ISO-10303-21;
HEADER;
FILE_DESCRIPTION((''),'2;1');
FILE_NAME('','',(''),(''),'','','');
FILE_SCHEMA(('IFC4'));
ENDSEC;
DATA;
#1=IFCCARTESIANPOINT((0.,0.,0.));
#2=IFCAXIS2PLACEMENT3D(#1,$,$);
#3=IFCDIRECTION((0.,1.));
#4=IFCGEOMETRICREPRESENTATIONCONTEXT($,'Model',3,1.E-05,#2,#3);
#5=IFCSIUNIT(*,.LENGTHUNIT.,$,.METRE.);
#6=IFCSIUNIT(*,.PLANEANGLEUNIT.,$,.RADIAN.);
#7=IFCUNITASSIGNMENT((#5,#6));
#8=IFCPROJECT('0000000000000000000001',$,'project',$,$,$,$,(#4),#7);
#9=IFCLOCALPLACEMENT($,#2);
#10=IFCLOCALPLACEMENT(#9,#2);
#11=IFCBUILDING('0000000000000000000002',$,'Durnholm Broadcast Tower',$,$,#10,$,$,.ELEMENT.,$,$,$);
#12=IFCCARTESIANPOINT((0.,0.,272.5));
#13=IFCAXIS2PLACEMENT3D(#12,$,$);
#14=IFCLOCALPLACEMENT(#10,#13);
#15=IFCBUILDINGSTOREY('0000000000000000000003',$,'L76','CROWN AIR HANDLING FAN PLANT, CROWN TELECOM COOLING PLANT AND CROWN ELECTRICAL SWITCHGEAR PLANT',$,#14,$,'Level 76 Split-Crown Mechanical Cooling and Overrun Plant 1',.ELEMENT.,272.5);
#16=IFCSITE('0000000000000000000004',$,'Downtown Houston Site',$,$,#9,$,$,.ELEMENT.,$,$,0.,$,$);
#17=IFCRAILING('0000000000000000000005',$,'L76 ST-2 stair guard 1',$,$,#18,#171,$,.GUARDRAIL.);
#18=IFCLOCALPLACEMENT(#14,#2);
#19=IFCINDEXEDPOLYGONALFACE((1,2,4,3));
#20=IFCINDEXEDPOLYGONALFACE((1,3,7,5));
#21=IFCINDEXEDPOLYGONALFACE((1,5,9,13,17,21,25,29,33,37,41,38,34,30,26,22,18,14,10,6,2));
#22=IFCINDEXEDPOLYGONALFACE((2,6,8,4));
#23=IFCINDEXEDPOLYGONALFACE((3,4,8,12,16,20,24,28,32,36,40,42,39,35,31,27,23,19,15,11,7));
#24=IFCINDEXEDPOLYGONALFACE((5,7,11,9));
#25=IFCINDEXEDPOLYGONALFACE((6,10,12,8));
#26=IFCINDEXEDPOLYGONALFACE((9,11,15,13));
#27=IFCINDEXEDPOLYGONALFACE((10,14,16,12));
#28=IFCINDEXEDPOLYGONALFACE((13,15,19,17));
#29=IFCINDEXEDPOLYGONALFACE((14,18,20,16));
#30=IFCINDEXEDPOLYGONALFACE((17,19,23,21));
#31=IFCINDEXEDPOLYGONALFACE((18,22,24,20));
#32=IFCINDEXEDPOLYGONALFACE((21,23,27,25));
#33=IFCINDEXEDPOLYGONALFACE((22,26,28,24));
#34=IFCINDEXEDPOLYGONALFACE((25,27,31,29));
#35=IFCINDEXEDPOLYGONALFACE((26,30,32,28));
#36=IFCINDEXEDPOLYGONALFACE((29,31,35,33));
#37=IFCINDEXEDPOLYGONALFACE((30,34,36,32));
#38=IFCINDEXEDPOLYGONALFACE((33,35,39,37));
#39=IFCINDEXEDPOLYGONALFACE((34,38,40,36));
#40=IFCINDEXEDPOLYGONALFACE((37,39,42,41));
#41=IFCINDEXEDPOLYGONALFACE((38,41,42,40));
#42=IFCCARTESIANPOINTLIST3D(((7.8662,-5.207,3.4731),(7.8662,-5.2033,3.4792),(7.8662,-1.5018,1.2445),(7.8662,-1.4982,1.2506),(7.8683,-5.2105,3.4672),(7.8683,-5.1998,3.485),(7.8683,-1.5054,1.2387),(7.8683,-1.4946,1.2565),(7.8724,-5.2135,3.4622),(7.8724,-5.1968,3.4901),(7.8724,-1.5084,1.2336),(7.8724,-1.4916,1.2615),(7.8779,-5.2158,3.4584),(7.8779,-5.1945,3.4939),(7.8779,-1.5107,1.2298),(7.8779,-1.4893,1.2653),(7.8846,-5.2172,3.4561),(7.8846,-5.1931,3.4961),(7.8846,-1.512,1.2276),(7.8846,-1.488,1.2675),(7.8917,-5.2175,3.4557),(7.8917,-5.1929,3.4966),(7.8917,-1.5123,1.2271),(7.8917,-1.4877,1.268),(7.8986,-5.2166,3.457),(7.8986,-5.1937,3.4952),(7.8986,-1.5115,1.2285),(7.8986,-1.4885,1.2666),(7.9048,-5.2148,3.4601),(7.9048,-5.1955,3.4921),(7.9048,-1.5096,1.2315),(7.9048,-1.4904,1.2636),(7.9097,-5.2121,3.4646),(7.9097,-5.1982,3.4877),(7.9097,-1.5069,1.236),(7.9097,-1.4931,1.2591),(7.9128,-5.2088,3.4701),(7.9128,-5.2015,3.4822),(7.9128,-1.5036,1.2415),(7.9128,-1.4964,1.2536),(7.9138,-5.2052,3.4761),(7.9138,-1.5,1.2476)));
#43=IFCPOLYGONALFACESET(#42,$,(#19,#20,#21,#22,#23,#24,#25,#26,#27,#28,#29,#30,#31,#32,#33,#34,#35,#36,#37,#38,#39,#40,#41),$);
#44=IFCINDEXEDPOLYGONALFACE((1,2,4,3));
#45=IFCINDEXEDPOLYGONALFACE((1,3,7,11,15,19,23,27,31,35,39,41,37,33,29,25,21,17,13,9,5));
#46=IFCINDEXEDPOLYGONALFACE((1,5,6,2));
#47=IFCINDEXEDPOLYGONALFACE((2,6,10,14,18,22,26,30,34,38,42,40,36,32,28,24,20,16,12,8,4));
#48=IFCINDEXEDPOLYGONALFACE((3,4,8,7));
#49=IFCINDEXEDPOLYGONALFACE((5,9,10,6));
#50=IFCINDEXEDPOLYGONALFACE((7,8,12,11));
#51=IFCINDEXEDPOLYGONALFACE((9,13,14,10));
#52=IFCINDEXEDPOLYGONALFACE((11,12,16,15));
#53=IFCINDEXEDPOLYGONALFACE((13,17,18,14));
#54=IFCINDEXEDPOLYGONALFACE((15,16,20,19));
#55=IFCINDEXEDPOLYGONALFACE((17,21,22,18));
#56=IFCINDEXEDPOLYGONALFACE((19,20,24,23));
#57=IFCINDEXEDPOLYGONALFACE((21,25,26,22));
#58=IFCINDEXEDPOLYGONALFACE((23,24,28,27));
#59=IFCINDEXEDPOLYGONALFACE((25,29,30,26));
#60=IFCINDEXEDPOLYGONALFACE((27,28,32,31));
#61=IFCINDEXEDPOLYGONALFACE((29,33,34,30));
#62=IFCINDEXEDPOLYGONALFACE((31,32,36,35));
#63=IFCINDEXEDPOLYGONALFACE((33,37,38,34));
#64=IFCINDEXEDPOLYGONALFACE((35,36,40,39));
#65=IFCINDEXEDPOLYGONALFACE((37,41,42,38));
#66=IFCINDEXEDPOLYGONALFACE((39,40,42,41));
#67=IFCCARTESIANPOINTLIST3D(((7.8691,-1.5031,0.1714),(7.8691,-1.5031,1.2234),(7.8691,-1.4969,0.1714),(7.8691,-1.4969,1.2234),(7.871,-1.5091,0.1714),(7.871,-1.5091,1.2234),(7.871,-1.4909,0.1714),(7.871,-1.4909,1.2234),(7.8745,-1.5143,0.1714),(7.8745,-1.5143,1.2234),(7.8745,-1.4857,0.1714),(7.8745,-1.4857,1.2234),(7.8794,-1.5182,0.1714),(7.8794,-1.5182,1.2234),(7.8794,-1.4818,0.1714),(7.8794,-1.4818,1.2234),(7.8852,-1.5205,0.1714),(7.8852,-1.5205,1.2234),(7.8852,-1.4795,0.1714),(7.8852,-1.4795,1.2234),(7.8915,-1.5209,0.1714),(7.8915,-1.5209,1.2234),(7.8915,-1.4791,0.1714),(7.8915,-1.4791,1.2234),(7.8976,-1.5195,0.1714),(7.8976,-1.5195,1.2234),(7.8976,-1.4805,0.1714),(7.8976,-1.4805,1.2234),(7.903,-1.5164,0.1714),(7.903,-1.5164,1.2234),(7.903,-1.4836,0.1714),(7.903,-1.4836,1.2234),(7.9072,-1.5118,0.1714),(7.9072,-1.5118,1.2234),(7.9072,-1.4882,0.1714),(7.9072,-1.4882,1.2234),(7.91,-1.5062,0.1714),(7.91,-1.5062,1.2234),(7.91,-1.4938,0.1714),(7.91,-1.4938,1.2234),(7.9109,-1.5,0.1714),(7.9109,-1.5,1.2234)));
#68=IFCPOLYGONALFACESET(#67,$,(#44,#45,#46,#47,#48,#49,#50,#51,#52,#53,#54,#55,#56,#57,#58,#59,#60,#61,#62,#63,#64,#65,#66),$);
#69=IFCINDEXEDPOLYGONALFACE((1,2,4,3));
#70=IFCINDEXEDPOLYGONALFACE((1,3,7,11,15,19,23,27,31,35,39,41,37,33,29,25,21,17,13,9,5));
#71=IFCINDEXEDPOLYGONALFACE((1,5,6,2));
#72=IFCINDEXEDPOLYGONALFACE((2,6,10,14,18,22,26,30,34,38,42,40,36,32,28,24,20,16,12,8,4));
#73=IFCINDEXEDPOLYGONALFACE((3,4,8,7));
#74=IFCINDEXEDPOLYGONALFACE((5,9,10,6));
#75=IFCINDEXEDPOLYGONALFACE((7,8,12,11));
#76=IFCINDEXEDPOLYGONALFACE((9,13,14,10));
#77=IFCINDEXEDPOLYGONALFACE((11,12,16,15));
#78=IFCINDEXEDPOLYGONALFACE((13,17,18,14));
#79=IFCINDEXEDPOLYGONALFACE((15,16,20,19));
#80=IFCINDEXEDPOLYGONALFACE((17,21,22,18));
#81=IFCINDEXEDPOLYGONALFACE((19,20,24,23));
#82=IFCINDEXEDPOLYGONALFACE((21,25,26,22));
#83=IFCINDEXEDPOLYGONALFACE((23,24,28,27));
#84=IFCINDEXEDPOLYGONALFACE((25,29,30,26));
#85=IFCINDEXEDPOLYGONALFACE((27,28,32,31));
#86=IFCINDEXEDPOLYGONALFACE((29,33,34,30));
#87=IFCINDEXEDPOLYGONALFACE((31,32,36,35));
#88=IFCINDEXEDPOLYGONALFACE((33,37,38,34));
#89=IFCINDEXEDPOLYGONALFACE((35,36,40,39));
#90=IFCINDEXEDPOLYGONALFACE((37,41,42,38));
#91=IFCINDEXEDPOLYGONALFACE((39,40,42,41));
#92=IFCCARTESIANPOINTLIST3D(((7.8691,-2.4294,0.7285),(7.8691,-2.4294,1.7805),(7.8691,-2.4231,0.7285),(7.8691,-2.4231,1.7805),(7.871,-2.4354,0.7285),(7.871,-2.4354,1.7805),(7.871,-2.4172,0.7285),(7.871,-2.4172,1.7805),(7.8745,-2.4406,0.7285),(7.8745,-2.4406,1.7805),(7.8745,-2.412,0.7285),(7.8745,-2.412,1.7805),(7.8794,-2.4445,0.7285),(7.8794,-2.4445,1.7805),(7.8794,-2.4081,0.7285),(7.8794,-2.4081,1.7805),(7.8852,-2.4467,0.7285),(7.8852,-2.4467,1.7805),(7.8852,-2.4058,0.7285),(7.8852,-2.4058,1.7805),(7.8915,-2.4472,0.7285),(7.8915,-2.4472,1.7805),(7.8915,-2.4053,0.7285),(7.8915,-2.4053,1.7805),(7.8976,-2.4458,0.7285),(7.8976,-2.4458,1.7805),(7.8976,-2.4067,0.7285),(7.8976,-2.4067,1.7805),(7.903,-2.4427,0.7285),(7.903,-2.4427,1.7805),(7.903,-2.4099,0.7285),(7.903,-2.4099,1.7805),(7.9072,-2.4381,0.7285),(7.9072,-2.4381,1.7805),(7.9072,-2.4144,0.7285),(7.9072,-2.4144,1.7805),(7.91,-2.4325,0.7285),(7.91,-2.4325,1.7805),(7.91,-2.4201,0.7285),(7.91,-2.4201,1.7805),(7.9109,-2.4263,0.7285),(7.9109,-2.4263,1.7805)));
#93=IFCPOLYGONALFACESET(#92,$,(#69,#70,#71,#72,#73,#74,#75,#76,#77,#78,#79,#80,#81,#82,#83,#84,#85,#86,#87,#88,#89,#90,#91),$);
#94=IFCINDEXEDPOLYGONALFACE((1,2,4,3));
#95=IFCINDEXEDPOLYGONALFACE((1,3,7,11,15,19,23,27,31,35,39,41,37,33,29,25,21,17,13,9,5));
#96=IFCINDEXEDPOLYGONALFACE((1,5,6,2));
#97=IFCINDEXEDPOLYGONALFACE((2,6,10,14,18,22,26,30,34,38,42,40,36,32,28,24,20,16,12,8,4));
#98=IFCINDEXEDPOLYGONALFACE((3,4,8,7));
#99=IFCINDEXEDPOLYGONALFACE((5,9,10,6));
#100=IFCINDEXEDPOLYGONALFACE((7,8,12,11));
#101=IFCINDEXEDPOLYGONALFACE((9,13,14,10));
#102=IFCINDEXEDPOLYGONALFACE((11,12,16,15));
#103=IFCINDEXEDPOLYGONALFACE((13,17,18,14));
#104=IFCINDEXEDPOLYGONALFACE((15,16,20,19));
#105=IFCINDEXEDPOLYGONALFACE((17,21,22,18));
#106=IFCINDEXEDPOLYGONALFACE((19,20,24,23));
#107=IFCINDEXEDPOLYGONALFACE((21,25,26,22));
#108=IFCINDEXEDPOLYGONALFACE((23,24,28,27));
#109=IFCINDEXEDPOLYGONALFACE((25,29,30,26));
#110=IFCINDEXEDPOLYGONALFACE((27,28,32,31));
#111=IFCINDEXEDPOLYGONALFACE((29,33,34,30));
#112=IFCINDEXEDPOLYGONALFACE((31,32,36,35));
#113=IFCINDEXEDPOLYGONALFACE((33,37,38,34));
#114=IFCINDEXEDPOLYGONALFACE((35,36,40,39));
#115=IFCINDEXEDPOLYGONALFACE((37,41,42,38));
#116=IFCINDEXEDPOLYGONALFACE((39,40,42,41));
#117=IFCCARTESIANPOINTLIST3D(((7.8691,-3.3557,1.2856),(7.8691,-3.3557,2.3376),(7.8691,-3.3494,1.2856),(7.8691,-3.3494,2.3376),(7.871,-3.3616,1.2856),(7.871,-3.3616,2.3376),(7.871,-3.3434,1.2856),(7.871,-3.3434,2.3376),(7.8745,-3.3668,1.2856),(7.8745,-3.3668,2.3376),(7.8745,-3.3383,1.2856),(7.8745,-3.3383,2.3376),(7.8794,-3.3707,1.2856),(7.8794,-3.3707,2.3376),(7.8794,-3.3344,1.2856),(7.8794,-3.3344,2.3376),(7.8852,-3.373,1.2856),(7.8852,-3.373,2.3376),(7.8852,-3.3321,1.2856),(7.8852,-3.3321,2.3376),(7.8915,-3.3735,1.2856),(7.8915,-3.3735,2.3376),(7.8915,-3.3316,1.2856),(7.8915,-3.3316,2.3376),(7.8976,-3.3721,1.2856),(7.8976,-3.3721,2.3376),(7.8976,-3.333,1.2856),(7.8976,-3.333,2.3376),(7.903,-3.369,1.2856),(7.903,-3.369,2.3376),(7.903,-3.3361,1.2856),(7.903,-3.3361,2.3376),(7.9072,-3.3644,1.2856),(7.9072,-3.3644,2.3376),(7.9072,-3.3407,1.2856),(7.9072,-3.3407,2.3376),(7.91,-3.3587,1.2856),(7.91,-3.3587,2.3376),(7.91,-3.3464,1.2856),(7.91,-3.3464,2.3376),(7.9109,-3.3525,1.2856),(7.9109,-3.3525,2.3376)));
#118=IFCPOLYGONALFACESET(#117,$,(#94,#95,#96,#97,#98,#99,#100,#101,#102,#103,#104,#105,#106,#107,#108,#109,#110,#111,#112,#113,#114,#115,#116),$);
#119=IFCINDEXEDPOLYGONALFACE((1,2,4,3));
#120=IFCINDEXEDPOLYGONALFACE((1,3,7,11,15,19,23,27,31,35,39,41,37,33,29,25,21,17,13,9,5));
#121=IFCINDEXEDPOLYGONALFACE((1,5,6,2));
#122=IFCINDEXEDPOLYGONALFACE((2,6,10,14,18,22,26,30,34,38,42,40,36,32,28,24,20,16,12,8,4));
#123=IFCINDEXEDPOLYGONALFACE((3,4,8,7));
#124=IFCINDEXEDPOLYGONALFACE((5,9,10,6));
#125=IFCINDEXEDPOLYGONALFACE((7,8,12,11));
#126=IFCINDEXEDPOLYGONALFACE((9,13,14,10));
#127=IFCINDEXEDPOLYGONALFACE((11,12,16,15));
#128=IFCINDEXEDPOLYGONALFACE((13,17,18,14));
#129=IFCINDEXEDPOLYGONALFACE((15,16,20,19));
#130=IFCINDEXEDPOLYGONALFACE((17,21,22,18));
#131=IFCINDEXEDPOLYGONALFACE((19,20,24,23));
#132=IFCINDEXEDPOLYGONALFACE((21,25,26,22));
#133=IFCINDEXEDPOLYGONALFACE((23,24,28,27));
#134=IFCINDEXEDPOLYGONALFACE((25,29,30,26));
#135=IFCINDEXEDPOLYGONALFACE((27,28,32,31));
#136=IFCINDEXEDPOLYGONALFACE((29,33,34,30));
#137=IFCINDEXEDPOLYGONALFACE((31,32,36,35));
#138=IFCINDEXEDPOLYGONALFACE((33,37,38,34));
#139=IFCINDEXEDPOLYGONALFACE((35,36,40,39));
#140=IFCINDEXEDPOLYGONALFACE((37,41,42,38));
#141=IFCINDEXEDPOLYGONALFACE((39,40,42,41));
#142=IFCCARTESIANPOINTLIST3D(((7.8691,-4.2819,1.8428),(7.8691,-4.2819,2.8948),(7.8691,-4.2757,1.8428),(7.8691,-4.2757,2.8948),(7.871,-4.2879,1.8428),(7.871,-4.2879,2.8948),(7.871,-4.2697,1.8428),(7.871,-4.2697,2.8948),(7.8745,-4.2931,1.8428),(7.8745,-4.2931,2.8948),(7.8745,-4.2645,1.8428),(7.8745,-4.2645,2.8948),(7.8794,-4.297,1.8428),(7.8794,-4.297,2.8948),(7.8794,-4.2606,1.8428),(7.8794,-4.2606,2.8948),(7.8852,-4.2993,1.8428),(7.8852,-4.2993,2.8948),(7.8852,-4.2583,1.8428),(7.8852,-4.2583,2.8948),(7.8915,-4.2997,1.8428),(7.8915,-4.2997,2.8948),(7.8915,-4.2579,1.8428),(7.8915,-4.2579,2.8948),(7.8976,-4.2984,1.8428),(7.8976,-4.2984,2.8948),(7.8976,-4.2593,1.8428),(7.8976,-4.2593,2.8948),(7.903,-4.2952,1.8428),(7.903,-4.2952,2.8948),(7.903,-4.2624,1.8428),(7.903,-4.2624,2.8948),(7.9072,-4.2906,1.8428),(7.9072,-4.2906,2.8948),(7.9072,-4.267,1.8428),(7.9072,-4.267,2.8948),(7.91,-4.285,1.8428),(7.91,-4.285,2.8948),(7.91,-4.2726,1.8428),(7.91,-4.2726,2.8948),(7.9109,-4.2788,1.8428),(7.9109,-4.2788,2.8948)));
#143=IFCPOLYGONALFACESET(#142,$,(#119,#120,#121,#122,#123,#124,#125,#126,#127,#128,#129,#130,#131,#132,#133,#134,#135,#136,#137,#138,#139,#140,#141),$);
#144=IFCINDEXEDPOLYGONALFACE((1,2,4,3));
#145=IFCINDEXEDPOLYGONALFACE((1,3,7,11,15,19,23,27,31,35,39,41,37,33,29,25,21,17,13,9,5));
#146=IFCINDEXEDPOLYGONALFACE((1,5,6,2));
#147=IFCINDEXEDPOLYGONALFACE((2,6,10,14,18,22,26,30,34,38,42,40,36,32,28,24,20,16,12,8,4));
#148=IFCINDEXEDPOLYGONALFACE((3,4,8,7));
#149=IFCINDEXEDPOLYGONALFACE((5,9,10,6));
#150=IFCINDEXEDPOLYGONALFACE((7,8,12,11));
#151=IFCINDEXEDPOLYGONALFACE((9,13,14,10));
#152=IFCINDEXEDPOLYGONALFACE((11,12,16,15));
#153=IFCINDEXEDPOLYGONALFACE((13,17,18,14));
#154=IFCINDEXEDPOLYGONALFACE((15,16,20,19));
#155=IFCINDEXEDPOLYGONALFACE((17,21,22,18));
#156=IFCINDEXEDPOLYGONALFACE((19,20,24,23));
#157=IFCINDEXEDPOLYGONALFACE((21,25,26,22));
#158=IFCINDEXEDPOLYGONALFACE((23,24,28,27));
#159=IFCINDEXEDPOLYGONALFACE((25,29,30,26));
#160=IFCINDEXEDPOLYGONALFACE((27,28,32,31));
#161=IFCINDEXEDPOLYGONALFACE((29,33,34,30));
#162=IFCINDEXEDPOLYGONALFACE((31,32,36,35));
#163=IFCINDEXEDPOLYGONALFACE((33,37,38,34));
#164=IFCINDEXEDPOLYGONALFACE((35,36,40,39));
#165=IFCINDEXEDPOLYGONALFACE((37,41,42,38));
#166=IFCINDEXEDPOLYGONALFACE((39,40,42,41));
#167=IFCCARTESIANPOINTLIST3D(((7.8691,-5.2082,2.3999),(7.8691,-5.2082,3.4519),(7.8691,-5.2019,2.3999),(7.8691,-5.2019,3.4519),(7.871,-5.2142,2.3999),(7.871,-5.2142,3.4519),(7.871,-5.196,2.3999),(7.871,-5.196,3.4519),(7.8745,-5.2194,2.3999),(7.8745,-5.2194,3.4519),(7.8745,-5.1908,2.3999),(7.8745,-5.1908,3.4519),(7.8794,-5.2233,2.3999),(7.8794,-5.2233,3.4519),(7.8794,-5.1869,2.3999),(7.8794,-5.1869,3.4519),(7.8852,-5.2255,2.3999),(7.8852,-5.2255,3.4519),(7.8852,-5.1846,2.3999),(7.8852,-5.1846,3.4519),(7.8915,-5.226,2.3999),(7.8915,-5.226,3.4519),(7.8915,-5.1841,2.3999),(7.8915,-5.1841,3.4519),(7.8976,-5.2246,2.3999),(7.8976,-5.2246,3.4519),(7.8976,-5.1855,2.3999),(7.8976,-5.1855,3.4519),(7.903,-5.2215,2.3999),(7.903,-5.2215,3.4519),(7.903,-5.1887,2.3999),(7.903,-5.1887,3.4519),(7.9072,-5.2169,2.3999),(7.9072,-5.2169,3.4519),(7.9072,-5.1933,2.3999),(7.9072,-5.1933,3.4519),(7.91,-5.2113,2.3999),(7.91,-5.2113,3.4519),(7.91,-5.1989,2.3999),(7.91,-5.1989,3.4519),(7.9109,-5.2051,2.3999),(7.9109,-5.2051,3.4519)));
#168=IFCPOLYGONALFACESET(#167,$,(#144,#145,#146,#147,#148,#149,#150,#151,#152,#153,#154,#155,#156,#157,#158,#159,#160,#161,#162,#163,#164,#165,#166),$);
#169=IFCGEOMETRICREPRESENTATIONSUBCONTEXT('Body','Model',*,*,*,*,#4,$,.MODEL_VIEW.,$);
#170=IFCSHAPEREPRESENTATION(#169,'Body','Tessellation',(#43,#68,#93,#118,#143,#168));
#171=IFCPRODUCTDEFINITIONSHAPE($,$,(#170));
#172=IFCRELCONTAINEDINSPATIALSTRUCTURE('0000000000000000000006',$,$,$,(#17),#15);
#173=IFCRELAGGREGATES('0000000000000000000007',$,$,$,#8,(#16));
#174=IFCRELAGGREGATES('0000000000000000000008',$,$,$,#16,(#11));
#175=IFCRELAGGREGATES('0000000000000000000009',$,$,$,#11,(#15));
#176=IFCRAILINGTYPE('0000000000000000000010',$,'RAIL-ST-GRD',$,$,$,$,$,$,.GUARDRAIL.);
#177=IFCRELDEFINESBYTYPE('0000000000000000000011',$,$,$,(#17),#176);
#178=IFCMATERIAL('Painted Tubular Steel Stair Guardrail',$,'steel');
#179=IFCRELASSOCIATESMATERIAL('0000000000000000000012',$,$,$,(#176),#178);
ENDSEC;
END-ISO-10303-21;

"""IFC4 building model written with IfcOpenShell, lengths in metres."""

from ifc_helpers import new_model, si_unit, direction, frame, origin, origin_2d, place, context, subcontext, project, spatial, circle, extrude, material, type_object, element, save


model = new_model("IFC4")

# Units and contexts
model_context = context("Model", 3, precision=1e-05, world=origin(), true_north=direction((0.0, 1.0)))
body_context = subcontext(model_context, "Body", "Model", "MODEL_VIEW")
ifc_project = project(units=[si_unit("LENGTHUNIT", "METRE"), si_unit("PLANEANGLEUNIT", "RADIAN")], contexts=[model_context])

# Site, building, storey
site_placement = place(None, origin())
site = spatial("IfcSite", under=ifc_project, at=site_placement, Name="Downtown Houston Site", CompositionType="ELEMENT", RefElevation=0.0)
building_placement = place(site_placement, origin())
building = spatial("IfcBuilding", under=site, at=building_placement, Name="Durnholm Broadcast Tower", CompositionType="ELEMENT")
storey_placement = place(building_placement, frame((0.0, 0.0, 272.5)))
storey = spatial("IfcBuildingStorey", under=building, at=storey_placement, Name="L76", Description="CROWN AIR HANDLING FAN PLANT, CROWN TELECOM COOLING PLANT AND CROWN ELECTRICAL SWITCHGEAR PLANT", LongName="Level 76 Split-Crown Mechanical Cooling and Overrun Plant 1", CompositionType="ELEMENT", Elevation=272.5)

# Railing
ifc_material_1 = material(Name="Painted Tubular Steel Stair Guardrail", Category="steel")
railing_type_1 = type_object("IfcRailingType", Name="RAIL-ST-GRD", PredefinedType="GUARDRAIL", material=ifc_material_1)
railing_1_placement = place(storey_placement, frame((7.8899, -1.5, 0.1714)))
element("IfcRailing", 1, at=railing_1_placement, inside=storey, type_object=railing_type_1, Name="L76 ST-2 stair guard 1", PredefinedType="GUARDRAIL", context=body_context, shape_type="SweptSolid", body=[
    extrude(circle(Radius=0.0239, at=origin_2d()), frame((0.0, 0.0, 1.0762), z_axis=(0.0, -0.856934, 0.515425), x_axis=(1.0, 0.0, 0.0)), (0.0, 0.0, 1.0), 4.3237),
    extrude(circle(Radius=0.021, at=origin_2d()), origin(), (0.0, 0.0, 1.0), 1.052),
    extrude(circle(Radius=0.021, at=origin_2d()), frame((0.0, -0.9263, 0.5571)), (0.0, 0.0, 1.0), 1.052),
    extrude(circle(Radius=0.021, at=origin_2d()), frame((0.0, -1.8525, 1.1143)), (0.0, 0.0, 1.0), 1.052),
    extrude(circle(Radius=0.021, at=origin_2d()), frame((0.0, -2.7788, 1.6714)), (0.0, 0.0, 1.0), 1.052),
    extrude(circle(Radius=0.021, at=origin_2d()), frame((0.0, -3.7051, 2.2285)), (0.0, 0.0, 1.0), 1.052),
])

save(model, "model.ifc")
